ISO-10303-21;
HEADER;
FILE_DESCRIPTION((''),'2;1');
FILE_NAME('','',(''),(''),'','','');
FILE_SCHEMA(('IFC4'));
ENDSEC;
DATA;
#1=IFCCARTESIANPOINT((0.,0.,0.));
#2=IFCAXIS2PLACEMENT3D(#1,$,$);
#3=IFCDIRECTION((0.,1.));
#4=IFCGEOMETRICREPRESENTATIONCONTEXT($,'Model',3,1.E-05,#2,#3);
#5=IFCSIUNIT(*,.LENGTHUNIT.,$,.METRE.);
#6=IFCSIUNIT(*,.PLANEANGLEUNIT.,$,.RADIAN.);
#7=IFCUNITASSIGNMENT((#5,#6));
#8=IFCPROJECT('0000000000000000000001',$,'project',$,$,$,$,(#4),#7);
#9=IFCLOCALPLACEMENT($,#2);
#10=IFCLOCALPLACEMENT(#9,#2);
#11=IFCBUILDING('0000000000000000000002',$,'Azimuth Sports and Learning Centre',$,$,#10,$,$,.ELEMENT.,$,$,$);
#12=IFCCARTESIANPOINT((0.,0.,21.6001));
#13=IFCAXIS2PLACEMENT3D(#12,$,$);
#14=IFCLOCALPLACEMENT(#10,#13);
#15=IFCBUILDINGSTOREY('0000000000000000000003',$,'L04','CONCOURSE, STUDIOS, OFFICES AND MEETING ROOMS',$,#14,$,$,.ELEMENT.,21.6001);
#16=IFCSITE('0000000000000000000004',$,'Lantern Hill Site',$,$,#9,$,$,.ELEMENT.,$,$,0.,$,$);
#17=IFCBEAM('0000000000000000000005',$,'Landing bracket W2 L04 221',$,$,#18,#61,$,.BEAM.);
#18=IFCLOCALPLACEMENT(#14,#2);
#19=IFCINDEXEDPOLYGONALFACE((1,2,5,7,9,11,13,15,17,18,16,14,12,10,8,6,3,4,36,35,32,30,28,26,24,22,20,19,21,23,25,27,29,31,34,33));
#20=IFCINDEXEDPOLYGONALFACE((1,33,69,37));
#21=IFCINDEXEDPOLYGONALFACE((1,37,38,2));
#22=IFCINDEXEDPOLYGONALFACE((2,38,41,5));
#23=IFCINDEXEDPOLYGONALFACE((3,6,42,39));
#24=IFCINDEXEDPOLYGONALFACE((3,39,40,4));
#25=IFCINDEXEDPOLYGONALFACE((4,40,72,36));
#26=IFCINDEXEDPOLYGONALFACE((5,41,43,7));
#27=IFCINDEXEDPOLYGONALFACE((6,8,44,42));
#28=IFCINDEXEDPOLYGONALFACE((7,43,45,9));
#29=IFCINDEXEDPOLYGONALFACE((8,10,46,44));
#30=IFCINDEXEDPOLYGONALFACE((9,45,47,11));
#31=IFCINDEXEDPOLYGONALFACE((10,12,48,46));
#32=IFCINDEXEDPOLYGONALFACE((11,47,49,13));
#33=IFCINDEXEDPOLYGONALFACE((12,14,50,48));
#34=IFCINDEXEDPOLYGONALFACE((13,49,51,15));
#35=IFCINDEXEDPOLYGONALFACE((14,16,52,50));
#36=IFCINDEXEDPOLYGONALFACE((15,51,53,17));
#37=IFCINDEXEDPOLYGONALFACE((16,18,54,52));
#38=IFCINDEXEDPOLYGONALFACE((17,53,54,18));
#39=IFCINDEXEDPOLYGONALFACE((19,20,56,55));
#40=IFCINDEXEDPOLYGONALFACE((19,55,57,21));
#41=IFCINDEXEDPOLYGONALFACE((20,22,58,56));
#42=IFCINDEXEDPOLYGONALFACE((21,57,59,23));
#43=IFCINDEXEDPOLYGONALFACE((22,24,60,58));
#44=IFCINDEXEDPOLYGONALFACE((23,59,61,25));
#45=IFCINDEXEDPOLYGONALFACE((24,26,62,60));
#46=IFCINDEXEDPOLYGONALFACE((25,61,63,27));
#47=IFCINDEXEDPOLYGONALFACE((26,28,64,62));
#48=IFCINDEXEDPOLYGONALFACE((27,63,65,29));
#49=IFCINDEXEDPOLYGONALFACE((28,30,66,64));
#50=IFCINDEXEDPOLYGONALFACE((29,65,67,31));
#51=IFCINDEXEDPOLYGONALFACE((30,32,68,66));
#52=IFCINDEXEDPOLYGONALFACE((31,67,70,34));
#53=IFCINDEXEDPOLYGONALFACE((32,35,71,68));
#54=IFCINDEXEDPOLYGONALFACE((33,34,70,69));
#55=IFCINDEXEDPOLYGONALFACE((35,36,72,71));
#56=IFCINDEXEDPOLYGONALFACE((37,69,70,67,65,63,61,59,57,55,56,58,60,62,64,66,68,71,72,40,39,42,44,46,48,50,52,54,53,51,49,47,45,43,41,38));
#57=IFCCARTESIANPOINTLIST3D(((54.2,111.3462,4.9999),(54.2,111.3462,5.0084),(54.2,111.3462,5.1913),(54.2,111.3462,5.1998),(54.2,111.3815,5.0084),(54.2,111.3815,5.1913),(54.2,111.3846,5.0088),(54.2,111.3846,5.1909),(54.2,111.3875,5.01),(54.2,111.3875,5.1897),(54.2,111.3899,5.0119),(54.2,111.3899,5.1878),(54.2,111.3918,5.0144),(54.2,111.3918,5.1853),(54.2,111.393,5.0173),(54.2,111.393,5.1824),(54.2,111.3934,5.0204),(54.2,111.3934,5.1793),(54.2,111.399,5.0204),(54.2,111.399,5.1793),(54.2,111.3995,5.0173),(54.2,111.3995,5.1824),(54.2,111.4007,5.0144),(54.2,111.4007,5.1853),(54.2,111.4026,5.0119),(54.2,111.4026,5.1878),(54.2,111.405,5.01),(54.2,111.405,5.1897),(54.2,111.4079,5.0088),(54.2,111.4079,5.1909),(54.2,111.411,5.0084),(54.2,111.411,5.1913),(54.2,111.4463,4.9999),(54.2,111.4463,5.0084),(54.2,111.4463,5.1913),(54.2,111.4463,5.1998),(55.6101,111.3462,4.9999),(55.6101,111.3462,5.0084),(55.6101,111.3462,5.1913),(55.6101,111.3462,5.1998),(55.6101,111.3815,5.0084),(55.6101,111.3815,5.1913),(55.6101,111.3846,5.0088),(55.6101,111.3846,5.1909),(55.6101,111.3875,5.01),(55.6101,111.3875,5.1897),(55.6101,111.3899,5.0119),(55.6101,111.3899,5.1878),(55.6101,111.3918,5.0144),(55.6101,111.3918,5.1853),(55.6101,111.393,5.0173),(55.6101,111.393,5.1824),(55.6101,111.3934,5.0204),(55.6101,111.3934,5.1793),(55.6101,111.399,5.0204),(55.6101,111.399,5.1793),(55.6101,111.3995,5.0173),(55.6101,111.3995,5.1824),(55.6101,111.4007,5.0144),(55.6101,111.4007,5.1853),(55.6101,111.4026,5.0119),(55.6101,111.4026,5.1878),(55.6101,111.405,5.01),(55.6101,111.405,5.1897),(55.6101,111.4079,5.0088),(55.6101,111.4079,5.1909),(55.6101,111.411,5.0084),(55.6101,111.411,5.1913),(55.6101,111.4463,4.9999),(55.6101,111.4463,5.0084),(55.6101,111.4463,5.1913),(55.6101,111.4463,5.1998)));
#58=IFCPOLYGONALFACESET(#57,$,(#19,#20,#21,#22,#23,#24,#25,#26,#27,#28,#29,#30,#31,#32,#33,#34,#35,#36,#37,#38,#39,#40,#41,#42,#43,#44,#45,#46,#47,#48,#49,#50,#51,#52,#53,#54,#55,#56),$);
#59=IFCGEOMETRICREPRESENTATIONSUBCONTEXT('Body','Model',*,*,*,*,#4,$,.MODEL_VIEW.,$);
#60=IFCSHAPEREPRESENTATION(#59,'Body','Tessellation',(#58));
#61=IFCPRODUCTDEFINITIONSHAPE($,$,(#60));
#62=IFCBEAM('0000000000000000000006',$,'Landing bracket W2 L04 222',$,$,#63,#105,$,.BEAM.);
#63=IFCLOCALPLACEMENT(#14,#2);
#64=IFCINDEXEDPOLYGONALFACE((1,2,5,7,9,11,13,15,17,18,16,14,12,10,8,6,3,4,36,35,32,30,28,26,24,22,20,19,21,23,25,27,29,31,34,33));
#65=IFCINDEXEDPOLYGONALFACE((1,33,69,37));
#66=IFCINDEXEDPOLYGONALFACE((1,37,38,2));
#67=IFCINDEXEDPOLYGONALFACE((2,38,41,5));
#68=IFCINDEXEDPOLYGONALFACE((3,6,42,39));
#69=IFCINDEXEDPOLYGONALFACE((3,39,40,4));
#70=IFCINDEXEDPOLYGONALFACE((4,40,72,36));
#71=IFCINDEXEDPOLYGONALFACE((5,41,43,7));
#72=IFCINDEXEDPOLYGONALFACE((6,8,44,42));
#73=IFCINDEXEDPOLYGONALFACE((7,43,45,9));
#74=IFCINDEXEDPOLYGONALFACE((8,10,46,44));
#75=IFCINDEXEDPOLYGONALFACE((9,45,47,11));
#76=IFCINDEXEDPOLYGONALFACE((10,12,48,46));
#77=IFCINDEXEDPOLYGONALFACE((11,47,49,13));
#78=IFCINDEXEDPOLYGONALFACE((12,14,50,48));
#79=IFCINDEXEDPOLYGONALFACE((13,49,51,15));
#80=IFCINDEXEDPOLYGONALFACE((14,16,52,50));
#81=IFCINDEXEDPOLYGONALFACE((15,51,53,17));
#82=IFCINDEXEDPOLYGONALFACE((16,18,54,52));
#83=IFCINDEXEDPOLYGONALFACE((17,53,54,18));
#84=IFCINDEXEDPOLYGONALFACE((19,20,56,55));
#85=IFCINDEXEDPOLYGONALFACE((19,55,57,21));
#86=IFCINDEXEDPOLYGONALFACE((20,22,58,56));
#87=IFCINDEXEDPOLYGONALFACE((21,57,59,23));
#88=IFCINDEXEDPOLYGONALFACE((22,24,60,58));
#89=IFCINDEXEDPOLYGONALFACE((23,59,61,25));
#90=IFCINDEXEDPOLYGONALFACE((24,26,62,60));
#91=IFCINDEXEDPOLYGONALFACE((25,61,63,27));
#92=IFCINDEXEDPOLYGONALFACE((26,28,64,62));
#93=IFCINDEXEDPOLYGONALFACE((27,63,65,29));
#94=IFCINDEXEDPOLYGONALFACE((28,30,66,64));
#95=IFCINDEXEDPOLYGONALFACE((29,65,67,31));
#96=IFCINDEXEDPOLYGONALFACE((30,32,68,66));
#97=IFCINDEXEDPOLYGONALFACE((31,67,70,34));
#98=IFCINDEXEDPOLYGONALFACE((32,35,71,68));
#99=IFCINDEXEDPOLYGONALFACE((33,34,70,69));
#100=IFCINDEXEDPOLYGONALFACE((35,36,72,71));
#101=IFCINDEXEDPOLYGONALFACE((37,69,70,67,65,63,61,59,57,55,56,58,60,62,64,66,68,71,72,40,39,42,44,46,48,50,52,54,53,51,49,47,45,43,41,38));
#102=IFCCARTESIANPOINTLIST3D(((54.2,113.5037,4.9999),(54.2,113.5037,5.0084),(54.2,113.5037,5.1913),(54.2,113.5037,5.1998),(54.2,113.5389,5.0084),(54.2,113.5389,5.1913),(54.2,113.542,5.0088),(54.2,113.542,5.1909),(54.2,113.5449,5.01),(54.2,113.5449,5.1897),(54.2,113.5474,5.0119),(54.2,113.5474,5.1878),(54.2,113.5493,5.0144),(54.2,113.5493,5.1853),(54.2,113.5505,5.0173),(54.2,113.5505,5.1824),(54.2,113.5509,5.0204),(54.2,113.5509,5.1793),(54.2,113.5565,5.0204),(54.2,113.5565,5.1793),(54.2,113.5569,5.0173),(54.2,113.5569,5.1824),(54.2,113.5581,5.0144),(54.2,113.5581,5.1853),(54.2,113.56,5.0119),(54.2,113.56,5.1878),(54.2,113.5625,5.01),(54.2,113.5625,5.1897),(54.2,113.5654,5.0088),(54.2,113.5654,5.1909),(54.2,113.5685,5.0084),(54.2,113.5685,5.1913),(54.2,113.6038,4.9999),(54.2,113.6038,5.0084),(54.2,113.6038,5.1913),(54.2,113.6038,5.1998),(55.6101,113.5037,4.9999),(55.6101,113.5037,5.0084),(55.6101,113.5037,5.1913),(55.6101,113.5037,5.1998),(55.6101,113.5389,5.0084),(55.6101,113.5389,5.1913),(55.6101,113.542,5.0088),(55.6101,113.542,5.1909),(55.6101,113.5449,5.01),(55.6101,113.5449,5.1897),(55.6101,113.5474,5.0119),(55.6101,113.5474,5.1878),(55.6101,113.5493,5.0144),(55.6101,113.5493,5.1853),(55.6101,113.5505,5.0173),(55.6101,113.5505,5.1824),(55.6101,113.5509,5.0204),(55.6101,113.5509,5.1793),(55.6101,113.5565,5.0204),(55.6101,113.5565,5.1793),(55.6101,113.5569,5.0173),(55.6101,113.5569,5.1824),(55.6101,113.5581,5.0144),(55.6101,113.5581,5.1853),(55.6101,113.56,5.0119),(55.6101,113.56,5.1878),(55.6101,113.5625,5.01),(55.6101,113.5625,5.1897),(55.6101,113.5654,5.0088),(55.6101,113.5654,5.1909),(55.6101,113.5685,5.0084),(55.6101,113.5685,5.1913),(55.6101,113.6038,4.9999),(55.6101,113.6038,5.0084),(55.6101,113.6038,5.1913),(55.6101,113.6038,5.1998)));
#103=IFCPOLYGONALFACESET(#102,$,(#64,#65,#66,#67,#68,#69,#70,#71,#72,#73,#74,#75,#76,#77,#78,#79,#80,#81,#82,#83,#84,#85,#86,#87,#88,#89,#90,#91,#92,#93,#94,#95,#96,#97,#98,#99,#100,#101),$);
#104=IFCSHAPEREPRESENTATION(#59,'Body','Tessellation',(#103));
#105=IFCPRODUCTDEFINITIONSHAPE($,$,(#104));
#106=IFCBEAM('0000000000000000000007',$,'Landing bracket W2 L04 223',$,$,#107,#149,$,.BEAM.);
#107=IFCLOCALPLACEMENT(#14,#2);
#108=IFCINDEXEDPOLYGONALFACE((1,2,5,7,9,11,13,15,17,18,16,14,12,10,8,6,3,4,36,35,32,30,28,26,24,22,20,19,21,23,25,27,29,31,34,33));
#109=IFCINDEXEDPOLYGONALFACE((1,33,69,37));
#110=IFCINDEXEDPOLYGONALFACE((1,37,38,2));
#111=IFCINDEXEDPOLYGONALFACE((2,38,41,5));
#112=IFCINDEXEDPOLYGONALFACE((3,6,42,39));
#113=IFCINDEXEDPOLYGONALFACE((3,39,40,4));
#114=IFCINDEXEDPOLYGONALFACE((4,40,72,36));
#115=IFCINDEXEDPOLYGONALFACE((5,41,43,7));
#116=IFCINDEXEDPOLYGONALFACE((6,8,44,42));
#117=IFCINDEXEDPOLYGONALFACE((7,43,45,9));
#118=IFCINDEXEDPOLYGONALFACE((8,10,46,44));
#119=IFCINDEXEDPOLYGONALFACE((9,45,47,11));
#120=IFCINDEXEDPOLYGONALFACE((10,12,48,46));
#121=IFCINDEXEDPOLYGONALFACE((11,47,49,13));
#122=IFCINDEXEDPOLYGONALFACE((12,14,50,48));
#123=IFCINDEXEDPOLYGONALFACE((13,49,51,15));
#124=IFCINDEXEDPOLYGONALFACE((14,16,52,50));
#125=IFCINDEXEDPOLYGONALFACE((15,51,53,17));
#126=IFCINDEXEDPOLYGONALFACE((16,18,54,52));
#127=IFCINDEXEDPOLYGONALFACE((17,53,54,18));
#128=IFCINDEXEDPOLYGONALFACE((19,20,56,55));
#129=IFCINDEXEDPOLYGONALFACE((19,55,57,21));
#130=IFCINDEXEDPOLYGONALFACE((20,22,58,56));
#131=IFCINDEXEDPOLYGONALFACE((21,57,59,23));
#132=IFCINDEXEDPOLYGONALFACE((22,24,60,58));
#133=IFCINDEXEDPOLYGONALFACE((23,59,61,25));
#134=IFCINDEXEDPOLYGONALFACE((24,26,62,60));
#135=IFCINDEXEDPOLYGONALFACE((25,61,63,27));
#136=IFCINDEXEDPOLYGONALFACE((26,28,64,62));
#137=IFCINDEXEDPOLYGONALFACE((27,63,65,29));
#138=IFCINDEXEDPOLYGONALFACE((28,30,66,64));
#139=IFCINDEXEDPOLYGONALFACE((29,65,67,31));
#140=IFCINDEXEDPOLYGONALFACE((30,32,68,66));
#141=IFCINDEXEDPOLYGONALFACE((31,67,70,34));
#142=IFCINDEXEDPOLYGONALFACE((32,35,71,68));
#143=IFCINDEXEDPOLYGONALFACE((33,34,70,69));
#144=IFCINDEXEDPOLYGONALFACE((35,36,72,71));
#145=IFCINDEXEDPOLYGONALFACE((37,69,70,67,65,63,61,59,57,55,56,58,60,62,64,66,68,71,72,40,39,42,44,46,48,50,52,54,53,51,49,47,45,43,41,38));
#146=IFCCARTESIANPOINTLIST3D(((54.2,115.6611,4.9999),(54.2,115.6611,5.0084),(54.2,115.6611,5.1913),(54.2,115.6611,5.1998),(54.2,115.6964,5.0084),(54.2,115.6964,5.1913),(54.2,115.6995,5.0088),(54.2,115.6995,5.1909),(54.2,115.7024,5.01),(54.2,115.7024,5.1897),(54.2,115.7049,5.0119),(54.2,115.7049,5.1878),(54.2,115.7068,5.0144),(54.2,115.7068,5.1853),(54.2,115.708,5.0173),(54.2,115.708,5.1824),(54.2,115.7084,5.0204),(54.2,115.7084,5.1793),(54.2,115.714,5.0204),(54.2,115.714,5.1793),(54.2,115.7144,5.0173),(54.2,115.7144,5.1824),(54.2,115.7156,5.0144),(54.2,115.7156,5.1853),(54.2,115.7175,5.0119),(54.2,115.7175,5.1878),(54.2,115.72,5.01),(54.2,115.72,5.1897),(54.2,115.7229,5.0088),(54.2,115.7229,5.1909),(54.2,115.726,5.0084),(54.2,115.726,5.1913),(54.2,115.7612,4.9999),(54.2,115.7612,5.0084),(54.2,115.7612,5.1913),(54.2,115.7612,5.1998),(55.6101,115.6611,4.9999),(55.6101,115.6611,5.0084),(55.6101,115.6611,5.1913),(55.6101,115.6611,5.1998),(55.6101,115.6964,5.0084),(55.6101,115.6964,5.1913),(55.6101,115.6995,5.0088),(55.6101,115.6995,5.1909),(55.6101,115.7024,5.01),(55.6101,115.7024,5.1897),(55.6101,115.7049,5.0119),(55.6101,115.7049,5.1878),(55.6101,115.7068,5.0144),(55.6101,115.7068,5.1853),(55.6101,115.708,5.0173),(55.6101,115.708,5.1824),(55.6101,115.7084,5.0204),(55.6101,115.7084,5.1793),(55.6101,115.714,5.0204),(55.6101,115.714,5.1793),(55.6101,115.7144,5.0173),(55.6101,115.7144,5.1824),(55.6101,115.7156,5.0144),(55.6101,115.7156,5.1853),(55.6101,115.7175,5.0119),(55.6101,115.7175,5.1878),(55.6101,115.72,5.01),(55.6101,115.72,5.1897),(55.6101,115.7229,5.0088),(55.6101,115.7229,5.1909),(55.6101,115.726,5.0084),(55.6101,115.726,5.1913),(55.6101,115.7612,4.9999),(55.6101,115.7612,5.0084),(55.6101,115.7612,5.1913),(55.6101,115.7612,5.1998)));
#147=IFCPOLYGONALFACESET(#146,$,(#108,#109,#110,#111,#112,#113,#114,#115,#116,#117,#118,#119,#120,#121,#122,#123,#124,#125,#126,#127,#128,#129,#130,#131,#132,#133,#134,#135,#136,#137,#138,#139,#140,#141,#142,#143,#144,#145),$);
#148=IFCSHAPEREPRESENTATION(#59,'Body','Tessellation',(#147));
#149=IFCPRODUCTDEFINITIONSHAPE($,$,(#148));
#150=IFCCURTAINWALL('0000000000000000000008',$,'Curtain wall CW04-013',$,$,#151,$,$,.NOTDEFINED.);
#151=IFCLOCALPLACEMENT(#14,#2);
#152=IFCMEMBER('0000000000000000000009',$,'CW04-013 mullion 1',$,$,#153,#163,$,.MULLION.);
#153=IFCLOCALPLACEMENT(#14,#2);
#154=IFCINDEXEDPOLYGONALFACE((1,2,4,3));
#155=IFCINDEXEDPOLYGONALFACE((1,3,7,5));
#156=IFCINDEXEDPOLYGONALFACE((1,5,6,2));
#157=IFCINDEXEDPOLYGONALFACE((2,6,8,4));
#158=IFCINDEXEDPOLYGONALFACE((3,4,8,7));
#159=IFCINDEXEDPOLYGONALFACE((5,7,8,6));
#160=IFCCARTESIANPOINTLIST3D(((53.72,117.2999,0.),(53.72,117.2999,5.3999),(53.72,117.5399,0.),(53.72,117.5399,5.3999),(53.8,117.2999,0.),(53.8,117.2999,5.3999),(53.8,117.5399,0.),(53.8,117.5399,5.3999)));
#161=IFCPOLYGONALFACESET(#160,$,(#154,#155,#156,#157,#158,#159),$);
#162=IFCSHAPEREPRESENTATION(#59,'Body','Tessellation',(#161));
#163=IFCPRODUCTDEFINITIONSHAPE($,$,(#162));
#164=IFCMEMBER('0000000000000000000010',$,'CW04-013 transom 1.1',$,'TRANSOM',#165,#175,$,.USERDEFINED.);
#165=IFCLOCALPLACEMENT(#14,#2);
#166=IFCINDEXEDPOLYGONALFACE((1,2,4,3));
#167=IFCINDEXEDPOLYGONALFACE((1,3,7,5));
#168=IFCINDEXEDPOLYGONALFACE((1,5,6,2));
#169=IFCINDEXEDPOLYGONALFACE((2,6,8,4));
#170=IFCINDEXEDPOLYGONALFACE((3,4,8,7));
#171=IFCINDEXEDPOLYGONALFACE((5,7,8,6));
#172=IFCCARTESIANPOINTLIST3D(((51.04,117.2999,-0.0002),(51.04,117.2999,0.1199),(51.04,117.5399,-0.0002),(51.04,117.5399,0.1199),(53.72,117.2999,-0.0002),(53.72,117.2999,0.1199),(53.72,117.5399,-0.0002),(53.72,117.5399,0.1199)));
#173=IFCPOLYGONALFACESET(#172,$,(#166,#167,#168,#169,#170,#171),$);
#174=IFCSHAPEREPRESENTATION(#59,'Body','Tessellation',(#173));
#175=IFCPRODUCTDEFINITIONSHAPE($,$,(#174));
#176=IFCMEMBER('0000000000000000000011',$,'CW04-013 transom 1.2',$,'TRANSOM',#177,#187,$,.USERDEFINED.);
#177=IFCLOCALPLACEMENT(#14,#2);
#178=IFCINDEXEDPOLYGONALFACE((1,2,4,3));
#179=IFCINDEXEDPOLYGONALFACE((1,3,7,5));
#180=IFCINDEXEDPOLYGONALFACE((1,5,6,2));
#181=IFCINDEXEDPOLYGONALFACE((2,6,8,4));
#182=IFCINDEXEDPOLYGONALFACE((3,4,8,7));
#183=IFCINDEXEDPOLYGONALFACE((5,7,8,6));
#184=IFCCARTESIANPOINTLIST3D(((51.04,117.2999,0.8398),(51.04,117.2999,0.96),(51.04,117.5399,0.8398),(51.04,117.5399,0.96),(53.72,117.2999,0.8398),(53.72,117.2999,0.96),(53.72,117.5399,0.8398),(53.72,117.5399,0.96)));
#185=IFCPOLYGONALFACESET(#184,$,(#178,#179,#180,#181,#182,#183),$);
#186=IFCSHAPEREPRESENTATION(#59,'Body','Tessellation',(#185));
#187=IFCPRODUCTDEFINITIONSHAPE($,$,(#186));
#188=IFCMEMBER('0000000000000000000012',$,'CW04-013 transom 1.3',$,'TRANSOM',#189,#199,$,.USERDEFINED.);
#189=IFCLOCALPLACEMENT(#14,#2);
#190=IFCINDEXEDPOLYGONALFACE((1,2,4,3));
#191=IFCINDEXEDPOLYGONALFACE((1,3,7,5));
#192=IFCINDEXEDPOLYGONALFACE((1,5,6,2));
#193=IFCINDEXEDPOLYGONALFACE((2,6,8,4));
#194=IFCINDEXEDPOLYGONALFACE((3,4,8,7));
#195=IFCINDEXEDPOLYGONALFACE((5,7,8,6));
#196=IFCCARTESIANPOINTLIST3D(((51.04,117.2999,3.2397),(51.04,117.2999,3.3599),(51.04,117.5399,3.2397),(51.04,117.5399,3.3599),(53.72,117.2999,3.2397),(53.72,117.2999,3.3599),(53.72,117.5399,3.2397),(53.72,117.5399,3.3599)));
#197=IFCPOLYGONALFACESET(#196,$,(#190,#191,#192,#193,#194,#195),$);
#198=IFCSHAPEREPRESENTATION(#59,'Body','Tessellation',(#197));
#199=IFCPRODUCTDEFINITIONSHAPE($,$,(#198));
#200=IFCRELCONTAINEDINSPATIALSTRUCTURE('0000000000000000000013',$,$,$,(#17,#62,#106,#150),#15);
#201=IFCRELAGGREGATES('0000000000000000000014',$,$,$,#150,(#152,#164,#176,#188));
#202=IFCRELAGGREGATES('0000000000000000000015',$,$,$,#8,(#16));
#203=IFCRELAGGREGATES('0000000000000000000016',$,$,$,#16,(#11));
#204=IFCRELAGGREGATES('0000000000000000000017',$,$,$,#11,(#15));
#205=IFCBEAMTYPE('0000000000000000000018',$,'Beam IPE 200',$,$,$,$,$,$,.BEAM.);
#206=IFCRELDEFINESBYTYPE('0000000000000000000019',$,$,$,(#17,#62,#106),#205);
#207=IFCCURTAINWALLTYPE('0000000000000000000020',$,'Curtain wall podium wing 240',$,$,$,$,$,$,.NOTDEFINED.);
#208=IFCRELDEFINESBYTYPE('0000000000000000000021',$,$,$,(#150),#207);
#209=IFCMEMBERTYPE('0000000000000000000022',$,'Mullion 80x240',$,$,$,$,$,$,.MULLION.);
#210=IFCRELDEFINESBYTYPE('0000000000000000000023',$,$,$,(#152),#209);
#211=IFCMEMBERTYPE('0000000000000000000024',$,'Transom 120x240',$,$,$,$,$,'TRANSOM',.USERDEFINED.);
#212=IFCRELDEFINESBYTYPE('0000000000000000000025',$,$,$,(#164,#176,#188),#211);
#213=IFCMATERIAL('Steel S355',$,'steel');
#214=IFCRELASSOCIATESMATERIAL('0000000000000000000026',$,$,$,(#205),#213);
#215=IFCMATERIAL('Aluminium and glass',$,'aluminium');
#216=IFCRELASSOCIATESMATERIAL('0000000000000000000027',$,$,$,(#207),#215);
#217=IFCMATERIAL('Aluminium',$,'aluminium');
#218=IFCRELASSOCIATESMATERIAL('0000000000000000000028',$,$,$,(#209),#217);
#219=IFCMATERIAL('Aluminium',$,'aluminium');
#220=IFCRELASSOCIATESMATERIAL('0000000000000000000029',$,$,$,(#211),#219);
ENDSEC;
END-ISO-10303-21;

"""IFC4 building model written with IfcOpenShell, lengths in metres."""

from ifc_helpers import new_model, si_unit, direction, frame, origin, origin_2d, place, context, subcontext, project, spatial, rectangle, i_section, extrude, material, material_profile, profile_set, type_object, element, aggregate, save


model = new_model("IFC4")

# Units and contexts
model_context = context("Model", 3, precision=1e-05, world=origin(), true_north=direction((0.0, 1.0)))
body_context = subcontext(model_context, "Body", "Model", "MODEL_VIEW")
ifc_project = project(units=[si_unit("LENGTHUNIT", "METRE"), si_unit("PLANEANGLEUNIT", "RADIAN")], contexts=[model_context])

# Site, building, storey
site_placement = place(None, origin())
site = spatial("IfcSite", under=ifc_project, at=site_placement, Name="Lantern Hill Site", CompositionType="ELEMENT", RefElevation=0.0)
building_placement = place(site_placement, origin())
building = spatial("IfcBuilding", under=site, at=building_placement, Name="Azimuth Sports and Learning Centre", CompositionType="ELEMENT")
storey_placement = place(building_placement, frame((0.0, 0.0, 21.6001)))
storey = spatial("IfcBuildingStorey", under=building, at=storey_placement, Name="L04", Description="CONCOURSE, STUDIOS, OFFICES AND MEETING ROOMS", CompositionType="ELEMENT", Elevation=21.6001)

# Beams
ifc_material_1 = material(Name="Steel S355", Category="steel")
ifc_material_profile_1 = material_profile(ifc_material_1, i_section(OverallWidth=0.1001, OverallDepth=0.2, WebThickness=0.0056, FlangeThickness=0.0085, FilletRadius=0.012, at=origin_2d()), Name="IPE 200")
ifc_profile_set_1 = profile_set([ifc_material_profile_1], Name="Steel S355")
beam_type = type_object("IfcBeamType", Name="Beam IPE 200", PredefinedType="BEAM", material=ifc_profile_set_1)
for number, where, z_axis, x_axis, name in (
    (1, (54.2, 111.3962, 5.0999), (1.0, 0.0, 0.0), (0.0, 1.0, 0.0), "Landing bracket W2 L04 221"),
    (2, (54.2, 113.5537, 5.0999), (1.0, 0.0, 0.0), (0.0, 1.0, 0.0), "Landing bracket W2 L04 222"),
    (3, (54.2, 115.7112, 5.0999), (1.0, 0.0, 0.0), (0.0, 1.0, 0.0), "Landing bracket W2 L04 223"),
):
    element("IfcBeam", number, at=place(storey_placement, frame(where, z_axis=z_axis, x_axis=x_axis)), inside=storey, type_object=beam_type, Name=name, PredefinedType="BEAM", context=body_context, shape_type="SweptSolid", body=[
        extrude(i_section(OverallWidth=0.1001, OverallDepth=0.2, WebThickness=0.0056, FlangeThickness=0.0085, FilletRadius=0.012, at=origin_2d()), origin(), (0.0, 0.0, 1.0), 1.4102),
    ])

# Curtain wall, members
ifc_material_2 = material(Name="Aluminium and glass", Category="aluminium")
curtain_wall_type = type_object("IfcCurtainWallType", Name="Curtain wall podium wing 240", PredefinedType="NOTDEFINED", material=ifc_material_2)
curtain_wall_placement = place(storey_placement, origin())
curtain_wall = element("IfcCurtainWall", 4, at=curtain_wall_placement, inside=storey, type_object=curtain_wall_type, Name="Curtain wall CW04-013", PredefinedType="NOTDEFINED")
ifc_material_3 = material(Name="Aluminium", Category="aluminium")
ifc_material_profile_2 = material_profile(ifc_material_3, rectangle(XDim=0.24, YDim=0.0801, at=origin_2d()), Name="Mullion 80x240")
ifc_profile_set_2 = profile_set([ifc_material_profile_2], Name="Aluminium")
member_type_1 = type_object("IfcMemberType", Name="Mullion 80x240", PredefinedType="MULLION", material=ifc_profile_set_2)
member_1_placement = place(storey_placement, frame((53.76, 117.4199, 0.0), z_axis=(0.0, 0.0, 1.0), x_axis=(0.0, -1.0, 0.0)))
member_1 = element("IfcMember", 5, at=member_1_placement, type_object=member_type_1, Name="CW04-013 mullion 1", PredefinedType="MULLION", context=body_context, shape_type="SweptSolid", body=[
    extrude(rectangle(XDim=0.24, YDim=0.0801, at=origin_2d()), origin(), (0.0, 0.0, 1.0), 5.3999),
])
ifc_material_4 = material(Name="Aluminium", Category="aluminium")
ifc_material_profile_3 = material_profile(ifc_material_4, rectangle(XDim=0.24, YDim=0.1201, at=origin_2d()), Name="Transom 120x240")
ifc_profile_set_3 = profile_set([ifc_material_profile_3], Name="Aluminium")
member_type_2 = type_object("IfcMemberType", Name="Transom 120x240", ElementType="TRANSOM", PredefinedType="USERDEFINED", material=ifc_profile_set_3)
member_2_placement = place(storey_placement, frame((53.72, 117.4199, 0.0598), z_axis=(-1.0, 0.0, 0.0), x_axis=(0.0, -1.0, 0.0)))
member_2 = element("IfcMember", 6, at=member_2_placement, type_object=member_type_2, Name="CW04-013 transom 1.1", ObjectType="TRANSOM", PredefinedType="USERDEFINED", context=body_context, shape_type="SweptSolid", body=[
    extrude(rectangle(XDim=0.24, YDim=0.1201, at=origin_2d()), origin(), (0.0, 0.0, 1.0), 2.6799),
])
member_3_placement = place(storey_placement, frame((53.72, 117.4199, 0.8999), z_axis=(-1.0, 0.0, 0.0), x_axis=(0.0, -1.0, 0.0)))
member_3 = element("IfcMember", 7, at=member_3_placement, type_object=member_type_2, Name="CW04-013 transom 1.2", ObjectType="TRANSOM", PredefinedType="USERDEFINED", context=body_context, shape_type="SweptSolid", body=[
    extrude(rectangle(XDim=0.24, YDim=0.1201, at=origin_2d()), origin(), (0.0, 0.0, 1.0), 2.6799),
])
member_4_placement = place(storey_placement, frame((53.72, 117.4199, 3.2998), z_axis=(-1.0, 0.0, 0.0), x_axis=(0.0, -1.0, 0.0)))
member_4 = element("IfcMember", 8, at=member_4_placement, type_object=member_type_2, Name="CW04-013 transom 1.3", ObjectType="TRANSOM", PredefinedType="USERDEFINED", context=body_context, shape_type="SweptSolid", body=[
    extrude(rectangle(XDim=0.24, YDim=0.1201, at=origin_2d()), origin(), (0.0, 0.0, 1.0), 2.6799),
])
aggregate(curtain_wall, [member_1, member_2, member_3, member_4])

save(model, "model.ifc")
